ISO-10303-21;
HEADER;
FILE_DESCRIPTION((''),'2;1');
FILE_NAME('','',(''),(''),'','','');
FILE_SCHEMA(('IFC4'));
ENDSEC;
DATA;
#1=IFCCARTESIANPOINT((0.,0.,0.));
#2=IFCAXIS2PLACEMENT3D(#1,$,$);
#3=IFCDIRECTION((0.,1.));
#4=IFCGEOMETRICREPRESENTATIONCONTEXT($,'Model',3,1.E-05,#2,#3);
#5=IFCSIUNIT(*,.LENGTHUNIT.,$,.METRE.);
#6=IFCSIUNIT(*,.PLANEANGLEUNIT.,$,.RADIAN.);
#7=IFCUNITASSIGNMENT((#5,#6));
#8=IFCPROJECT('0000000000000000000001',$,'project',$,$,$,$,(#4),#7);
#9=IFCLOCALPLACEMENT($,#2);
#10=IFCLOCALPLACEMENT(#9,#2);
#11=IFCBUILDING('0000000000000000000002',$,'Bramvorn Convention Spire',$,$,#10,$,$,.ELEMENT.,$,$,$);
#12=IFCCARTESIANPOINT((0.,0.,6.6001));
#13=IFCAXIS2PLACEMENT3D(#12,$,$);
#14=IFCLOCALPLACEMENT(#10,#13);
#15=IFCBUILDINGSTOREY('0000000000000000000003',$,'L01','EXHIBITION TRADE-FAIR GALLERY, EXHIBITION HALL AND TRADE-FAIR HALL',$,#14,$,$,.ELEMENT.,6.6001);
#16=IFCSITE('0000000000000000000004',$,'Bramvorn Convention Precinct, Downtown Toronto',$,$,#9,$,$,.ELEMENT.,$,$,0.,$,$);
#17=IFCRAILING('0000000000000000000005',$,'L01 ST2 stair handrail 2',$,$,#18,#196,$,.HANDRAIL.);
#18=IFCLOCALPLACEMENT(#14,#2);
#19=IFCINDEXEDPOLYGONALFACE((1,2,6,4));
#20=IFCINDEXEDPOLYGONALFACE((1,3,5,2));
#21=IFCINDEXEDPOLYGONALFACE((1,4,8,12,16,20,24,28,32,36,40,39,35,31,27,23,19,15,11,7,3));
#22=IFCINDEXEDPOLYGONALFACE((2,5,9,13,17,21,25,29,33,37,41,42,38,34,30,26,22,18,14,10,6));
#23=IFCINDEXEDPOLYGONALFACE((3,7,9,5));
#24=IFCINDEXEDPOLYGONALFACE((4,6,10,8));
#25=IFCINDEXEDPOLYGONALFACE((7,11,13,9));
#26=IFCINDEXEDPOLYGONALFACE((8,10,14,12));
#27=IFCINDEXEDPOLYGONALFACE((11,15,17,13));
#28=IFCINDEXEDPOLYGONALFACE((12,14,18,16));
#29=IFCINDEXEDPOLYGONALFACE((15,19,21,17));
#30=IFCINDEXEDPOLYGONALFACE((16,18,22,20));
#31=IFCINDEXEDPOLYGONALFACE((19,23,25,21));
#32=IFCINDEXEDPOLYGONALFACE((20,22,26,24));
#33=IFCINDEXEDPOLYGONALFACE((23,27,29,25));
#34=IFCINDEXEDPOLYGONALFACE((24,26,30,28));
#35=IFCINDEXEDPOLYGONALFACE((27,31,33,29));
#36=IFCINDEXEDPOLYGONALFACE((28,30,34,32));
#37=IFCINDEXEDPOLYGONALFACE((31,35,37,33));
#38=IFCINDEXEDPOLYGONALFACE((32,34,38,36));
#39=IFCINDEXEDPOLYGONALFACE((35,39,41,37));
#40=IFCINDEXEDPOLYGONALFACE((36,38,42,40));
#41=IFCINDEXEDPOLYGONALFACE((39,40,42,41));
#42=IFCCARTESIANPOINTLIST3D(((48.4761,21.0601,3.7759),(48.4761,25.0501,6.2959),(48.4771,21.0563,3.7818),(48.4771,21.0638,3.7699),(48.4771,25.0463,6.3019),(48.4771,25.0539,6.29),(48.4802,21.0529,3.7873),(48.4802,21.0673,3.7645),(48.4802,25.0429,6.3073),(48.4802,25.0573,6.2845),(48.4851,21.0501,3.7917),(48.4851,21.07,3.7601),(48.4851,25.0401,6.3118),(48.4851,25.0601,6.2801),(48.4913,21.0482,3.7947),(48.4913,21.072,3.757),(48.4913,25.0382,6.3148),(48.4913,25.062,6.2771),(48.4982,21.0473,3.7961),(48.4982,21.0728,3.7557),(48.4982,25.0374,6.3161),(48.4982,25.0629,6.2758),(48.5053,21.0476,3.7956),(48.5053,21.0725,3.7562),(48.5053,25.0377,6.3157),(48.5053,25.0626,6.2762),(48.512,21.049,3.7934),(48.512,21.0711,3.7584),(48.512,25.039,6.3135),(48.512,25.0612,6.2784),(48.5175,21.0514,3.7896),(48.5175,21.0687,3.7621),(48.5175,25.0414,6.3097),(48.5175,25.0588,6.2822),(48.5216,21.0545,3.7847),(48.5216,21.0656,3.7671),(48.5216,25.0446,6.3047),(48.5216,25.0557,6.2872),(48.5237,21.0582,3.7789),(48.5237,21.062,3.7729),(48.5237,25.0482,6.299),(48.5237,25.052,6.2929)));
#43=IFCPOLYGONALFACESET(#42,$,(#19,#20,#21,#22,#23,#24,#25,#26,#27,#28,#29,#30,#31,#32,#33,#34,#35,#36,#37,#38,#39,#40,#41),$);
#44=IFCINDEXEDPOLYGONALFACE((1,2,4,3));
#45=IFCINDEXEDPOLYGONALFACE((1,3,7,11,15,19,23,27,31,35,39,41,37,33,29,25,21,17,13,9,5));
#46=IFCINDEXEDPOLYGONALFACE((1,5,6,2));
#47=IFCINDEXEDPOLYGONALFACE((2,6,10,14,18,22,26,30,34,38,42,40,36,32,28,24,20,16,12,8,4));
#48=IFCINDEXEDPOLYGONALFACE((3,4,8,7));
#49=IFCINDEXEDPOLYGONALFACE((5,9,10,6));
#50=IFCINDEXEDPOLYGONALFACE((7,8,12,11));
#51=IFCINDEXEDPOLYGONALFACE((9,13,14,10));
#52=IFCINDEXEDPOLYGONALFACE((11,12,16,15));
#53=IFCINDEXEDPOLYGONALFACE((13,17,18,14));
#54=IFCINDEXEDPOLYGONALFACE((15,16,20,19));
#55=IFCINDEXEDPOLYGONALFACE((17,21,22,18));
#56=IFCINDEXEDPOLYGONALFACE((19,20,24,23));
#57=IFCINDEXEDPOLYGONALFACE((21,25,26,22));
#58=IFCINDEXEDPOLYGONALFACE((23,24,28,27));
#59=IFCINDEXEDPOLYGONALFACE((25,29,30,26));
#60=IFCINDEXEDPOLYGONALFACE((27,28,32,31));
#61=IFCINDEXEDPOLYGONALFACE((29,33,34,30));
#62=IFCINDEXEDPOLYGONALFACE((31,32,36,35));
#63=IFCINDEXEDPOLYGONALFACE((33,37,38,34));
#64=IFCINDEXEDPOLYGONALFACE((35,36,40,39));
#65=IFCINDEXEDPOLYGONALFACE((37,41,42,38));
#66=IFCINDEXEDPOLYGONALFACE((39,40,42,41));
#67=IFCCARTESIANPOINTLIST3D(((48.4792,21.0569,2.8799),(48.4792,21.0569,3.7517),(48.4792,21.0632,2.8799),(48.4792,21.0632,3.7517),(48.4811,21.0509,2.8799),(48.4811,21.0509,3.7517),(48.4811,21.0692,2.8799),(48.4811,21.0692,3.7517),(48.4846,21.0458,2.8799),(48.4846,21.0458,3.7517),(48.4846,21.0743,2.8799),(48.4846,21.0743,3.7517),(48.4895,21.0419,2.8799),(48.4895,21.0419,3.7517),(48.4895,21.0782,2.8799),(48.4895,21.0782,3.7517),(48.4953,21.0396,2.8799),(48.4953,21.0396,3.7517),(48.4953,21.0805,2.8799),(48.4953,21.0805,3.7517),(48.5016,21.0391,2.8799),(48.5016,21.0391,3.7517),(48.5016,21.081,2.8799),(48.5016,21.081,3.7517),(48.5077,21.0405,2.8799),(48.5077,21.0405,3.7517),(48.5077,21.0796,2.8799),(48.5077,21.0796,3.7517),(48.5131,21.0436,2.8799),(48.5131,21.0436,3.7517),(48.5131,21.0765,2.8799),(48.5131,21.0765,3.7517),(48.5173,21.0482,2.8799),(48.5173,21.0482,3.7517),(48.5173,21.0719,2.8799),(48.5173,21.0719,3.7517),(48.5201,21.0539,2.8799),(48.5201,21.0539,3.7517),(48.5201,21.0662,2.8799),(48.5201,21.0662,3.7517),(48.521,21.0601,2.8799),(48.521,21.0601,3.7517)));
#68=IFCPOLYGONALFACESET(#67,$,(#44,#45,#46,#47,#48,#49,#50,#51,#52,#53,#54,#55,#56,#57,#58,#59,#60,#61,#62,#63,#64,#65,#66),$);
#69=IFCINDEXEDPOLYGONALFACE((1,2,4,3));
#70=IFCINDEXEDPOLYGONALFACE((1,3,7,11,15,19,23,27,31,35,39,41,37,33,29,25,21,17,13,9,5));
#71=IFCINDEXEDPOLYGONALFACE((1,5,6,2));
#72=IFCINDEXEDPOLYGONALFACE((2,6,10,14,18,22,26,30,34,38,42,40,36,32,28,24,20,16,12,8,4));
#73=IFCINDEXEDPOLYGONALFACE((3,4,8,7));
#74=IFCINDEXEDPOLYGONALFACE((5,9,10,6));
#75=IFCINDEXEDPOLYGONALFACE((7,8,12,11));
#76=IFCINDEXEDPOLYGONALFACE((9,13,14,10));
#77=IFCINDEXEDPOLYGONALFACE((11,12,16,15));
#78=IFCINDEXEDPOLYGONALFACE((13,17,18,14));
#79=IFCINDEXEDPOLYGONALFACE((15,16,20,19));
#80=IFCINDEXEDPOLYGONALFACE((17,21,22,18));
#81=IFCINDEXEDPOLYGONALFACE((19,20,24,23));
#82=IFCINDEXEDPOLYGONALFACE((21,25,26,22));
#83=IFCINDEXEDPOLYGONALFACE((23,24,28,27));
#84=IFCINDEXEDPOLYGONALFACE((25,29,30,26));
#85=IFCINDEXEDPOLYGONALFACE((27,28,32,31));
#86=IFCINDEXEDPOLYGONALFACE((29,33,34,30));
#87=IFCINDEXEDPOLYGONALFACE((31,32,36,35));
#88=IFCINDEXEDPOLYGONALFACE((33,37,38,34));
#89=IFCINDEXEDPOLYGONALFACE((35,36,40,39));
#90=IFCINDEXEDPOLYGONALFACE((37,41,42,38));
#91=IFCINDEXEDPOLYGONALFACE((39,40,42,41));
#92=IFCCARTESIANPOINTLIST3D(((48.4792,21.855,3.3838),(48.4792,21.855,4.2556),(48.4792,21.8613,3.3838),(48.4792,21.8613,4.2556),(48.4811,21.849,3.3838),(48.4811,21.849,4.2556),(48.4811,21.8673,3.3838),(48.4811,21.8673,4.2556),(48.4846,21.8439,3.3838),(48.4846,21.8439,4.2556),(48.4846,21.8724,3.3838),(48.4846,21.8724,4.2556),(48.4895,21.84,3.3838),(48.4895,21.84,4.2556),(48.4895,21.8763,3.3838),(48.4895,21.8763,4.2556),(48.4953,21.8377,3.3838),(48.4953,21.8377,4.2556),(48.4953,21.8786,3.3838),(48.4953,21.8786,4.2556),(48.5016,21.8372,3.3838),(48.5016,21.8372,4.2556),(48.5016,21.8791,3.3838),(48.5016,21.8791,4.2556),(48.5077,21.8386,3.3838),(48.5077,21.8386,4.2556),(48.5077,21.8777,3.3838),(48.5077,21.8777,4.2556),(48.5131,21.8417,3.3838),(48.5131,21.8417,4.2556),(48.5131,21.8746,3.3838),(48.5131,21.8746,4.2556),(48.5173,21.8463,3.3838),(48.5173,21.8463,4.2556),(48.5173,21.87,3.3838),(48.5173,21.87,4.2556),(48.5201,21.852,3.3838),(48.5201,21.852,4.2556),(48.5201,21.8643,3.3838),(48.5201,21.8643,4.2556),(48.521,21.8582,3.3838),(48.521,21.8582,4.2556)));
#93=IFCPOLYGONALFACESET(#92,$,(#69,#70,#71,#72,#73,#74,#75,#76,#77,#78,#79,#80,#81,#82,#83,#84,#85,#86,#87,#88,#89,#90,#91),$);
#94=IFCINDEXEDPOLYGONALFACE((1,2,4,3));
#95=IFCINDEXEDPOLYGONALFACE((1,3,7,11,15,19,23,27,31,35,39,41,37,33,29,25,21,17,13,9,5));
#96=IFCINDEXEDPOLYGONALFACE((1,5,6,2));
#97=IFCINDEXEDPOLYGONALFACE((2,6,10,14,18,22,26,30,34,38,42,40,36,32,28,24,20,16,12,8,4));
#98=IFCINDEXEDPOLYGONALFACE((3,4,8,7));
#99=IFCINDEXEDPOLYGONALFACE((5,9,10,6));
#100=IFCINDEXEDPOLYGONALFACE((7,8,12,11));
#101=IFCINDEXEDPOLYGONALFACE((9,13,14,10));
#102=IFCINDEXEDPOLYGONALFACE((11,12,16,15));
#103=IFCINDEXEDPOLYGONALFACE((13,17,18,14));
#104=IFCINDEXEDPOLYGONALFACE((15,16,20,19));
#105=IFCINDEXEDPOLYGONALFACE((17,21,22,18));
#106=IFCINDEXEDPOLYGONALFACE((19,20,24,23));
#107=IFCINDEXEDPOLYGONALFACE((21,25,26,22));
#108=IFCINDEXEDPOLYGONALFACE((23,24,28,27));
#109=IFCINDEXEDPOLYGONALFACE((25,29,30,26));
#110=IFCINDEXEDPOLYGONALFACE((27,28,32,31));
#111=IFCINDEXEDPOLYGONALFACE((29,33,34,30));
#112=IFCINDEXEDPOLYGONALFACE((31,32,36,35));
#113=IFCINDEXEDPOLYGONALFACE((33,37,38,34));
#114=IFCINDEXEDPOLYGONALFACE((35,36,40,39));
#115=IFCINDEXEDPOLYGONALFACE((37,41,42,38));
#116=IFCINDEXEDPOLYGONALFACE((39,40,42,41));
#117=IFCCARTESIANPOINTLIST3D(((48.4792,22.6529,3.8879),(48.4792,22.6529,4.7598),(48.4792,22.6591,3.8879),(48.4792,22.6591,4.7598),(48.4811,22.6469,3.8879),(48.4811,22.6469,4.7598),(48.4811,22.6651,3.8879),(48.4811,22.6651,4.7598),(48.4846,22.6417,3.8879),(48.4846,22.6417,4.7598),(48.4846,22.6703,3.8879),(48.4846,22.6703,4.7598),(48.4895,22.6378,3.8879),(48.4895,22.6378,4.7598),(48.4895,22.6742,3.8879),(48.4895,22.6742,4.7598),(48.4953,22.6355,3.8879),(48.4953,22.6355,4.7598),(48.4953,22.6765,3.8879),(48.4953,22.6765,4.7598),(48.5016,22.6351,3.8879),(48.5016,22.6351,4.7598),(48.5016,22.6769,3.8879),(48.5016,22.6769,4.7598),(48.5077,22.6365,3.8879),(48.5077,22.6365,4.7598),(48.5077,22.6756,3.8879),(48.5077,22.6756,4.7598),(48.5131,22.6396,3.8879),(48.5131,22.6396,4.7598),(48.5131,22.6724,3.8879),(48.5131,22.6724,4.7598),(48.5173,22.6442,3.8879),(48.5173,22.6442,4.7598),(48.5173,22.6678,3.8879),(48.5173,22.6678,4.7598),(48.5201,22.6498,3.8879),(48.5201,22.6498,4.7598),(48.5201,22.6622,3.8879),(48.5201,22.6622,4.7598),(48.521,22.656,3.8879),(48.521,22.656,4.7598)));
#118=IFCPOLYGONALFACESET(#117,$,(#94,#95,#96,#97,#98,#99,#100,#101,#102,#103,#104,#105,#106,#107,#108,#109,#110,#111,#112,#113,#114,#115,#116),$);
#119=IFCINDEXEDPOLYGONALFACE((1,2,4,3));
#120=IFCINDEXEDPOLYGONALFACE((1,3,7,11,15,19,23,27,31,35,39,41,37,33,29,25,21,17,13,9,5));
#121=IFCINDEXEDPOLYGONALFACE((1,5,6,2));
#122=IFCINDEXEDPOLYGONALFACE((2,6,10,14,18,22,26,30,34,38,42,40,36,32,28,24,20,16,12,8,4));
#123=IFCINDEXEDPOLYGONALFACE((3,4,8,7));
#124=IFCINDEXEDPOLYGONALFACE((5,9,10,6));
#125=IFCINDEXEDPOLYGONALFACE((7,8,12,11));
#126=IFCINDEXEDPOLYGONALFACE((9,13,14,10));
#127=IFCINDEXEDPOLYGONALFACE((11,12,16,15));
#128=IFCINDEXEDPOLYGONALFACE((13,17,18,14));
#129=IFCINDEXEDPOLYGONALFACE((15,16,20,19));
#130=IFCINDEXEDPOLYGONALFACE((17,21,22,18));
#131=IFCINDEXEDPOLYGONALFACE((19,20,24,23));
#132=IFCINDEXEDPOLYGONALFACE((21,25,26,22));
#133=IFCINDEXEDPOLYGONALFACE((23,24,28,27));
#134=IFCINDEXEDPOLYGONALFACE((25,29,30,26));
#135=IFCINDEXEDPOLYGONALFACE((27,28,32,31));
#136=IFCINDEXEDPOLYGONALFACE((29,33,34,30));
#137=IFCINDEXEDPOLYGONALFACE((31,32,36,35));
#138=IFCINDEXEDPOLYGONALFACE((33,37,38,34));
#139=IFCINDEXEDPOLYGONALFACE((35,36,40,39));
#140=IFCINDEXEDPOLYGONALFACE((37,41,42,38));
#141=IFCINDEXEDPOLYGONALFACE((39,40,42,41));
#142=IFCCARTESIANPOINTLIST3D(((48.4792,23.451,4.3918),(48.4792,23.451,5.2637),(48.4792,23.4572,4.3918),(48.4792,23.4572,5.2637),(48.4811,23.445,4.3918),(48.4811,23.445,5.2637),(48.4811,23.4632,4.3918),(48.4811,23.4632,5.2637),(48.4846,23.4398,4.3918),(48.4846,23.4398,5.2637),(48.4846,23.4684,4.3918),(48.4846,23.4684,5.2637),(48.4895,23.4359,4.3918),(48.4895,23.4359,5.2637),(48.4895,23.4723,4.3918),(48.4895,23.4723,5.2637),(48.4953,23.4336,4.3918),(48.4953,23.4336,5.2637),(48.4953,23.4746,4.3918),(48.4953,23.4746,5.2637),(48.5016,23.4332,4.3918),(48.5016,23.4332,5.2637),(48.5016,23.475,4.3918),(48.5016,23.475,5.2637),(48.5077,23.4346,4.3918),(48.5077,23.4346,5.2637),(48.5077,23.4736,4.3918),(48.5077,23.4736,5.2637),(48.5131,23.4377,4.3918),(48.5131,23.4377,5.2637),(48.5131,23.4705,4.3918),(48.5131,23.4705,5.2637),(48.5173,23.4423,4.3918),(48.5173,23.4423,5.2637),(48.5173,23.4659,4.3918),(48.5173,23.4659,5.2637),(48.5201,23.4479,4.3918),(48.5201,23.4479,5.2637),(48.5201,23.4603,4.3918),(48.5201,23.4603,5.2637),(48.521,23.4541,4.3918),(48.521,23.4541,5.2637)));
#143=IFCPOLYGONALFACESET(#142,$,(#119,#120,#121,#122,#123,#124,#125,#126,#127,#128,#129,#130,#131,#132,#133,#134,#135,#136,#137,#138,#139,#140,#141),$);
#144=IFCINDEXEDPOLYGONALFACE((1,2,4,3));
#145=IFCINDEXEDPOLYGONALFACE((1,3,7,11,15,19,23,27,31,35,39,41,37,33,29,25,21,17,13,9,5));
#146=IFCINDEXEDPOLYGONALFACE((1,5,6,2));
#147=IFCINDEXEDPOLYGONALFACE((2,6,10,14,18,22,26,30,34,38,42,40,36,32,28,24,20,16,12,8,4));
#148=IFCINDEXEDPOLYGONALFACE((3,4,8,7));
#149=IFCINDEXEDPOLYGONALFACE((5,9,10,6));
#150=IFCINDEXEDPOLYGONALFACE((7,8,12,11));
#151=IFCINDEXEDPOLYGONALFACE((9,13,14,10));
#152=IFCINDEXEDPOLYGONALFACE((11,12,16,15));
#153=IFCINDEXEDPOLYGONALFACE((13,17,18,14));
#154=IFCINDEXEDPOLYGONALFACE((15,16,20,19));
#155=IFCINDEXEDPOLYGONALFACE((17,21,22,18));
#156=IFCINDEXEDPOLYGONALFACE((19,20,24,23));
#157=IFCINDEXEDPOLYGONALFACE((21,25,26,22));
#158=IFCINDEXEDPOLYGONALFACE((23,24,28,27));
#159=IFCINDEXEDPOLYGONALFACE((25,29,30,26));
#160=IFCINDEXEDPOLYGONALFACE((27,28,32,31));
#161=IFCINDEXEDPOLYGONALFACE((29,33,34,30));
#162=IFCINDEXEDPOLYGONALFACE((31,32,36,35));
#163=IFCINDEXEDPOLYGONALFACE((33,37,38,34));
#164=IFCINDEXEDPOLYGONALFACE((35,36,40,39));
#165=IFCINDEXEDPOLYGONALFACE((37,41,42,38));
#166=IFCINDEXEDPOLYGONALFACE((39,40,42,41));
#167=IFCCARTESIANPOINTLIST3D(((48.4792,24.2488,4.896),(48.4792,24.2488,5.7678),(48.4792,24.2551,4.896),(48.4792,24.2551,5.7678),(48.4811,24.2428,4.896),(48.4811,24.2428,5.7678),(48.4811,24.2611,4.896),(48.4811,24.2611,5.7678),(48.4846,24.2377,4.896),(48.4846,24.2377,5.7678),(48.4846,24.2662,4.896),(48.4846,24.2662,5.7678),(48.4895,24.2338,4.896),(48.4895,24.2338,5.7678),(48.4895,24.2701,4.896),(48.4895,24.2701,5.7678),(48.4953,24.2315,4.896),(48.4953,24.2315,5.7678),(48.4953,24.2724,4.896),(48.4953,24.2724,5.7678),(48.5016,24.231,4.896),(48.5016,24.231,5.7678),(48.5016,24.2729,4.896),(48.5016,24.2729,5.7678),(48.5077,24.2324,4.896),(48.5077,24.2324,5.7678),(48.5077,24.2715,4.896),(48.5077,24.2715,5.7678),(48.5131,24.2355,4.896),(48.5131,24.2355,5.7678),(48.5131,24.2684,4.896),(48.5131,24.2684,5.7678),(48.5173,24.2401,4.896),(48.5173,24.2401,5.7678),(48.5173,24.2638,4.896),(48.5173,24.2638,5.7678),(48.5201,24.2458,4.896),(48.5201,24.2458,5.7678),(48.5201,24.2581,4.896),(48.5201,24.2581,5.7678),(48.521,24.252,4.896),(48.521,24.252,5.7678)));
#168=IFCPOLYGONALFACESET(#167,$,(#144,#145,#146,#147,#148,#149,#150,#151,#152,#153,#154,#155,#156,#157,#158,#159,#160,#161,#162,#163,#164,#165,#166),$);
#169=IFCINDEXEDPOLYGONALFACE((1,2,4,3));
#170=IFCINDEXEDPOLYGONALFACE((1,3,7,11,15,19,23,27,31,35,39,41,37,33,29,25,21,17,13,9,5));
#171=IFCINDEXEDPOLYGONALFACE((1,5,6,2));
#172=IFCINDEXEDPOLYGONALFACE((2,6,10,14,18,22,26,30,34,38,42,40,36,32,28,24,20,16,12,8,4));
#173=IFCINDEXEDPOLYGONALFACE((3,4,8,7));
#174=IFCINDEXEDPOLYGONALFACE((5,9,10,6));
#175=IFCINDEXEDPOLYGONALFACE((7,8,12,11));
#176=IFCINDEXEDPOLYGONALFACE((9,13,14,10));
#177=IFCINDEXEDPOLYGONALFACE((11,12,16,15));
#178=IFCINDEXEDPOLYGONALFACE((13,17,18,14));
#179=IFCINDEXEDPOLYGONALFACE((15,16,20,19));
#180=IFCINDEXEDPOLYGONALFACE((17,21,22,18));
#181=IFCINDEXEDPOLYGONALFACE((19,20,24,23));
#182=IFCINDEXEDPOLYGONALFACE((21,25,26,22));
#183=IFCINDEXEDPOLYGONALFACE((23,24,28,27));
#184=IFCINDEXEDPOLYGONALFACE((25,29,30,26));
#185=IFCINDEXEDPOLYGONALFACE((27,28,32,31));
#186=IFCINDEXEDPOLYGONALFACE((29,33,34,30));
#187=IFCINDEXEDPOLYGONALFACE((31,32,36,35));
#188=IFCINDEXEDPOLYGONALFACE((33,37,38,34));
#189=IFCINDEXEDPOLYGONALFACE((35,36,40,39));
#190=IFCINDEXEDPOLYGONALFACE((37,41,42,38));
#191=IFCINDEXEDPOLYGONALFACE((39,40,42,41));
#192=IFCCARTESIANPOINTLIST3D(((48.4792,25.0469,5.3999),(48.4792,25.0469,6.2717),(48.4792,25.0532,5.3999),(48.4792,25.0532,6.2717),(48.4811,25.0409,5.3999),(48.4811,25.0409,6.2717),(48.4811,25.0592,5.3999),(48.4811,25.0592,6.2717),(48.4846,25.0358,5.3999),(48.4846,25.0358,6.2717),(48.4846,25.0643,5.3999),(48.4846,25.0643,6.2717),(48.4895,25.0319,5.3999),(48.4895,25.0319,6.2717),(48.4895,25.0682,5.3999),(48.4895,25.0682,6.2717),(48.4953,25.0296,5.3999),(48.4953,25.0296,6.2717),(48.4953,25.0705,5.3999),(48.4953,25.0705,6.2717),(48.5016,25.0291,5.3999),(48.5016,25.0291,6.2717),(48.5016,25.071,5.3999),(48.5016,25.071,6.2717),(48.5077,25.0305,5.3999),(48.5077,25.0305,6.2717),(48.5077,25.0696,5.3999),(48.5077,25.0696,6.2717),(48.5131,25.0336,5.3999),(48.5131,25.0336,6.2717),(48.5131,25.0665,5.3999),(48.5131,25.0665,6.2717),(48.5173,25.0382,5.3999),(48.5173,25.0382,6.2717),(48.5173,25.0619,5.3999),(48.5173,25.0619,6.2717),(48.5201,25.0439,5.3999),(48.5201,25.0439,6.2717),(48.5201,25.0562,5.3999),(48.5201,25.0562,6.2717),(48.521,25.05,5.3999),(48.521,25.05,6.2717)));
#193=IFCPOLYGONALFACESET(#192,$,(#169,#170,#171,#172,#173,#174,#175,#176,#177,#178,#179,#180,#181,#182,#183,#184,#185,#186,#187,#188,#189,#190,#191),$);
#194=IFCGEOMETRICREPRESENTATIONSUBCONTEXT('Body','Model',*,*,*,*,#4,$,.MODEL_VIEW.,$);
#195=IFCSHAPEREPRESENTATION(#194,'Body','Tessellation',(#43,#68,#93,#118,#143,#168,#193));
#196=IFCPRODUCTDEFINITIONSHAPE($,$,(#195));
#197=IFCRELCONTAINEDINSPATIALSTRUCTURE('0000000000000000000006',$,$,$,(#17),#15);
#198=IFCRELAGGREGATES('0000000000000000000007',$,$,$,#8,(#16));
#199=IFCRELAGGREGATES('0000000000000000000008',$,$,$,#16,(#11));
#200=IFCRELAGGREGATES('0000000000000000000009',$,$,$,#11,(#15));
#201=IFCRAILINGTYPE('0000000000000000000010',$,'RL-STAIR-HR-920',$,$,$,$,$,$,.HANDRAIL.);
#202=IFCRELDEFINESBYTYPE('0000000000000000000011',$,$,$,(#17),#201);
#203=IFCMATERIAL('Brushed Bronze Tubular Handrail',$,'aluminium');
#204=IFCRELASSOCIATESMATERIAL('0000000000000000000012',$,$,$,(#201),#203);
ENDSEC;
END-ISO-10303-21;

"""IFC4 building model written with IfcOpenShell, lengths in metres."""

from ifc_helpers import new_model, si_unit, direction, frame, origin, origin_2d, place, context, subcontext, project, spatial, circle, extrude, material, type_object, element, save


model = new_model("IFC4")

# Units and contexts
model_context = context("Model", 3, precision=1e-05, world=origin(), true_north=direction((0.0, 1.0)))
body_context = subcontext(model_context, "Body", "Model", "MODEL_VIEW")
ifc_project = project(units=[si_unit("LENGTHUNIT", "METRE"), si_unit("PLANEANGLEUNIT", "RADIAN")], contexts=[model_context])

# Site, building, storey
site_placement = place(None, origin())
site = spatial("IfcSite", under=ifc_project, at=site_placement, Name="Bramvorn Convention Precinct, Downtown Toronto", CompositionType="ELEMENT", RefElevation=0.0)
building_placement = place(site_placement, origin())
building = spatial("IfcBuilding", under=site, at=building_placement, Name="Bramvorn Convention Spire", CompositionType="ELEMENT")
storey_placement = place(building_placement, frame((0.0, 0.0, 6.6001)))
storey = spatial("IfcBuildingStorey", under=building, at=storey_placement, Name="L01", Description="EXHIBITION TRADE-FAIR GALLERY, EXHIBITION HALL AND TRADE-FAIR HALL", CompositionType="ELEMENT", Elevation=6.6001)

# Railing
ifc_material_1 = material(Name="Brushed Bronze Tubular Handrail", Category="aluminium")
railing_type_1 = type_object("IfcRailingType", Name="RL-STAIR-HR-920", PredefinedType="HANDRAIL", material=ifc_material_1)
for number, where, name in (
    (1, (48.5, 21.0601, 2.8799), "L01 ST2 stair handrail 2"),
):
    element("IfcRailing", number, at=place(storey_placement, frame(where)), inside=storey, type_object=railing_type_1, Name=name, PredefinedType="HANDRAIL", context=body_context, shape_type="SweptSolid", body=[
        extrude(circle(Radius=0.0239, at=origin_2d()), frame((0.0, 0.0, 0.896), z_axis=(0.0, 0.845486, 0.533997), x_axis=(-1.0, 0.0, 0.0)), (0.0, 0.0, 1.0), 4.7192),
        extrude(circle(Radius=0.021, at=origin_2d()), origin(), (0.0, 0.0, 1.0), 0.8718),
        extrude(circle(Radius=0.021, at=origin_2d()), frame((0.0, 0.7981, 0.5039)), (0.0, 0.0, 1.0), 0.8718),
        extrude(circle(Radius=0.021, at=origin_2d()), frame((0.0, 1.5959, 1.0081)), (0.0, 0.0, 1.0), 0.8718),
        extrude(circle(Radius=0.021, at=origin_2d()), frame((0.0, 2.394, 1.512)), (0.0, 0.0, 1.0), 0.8718),
        extrude(circle(Radius=0.021, at=origin_2d()), frame((0.0, 3.1919, 2.0161)), (0.0, 0.0, 1.0), 0.8718),
        extrude(circle(Radius=0.021, at=origin_2d()), frame((0.0, 3.99, 2.52)), (0.0, 0.0, 1.0), 0.8718),
    ])

save(model, "model.ifc")
